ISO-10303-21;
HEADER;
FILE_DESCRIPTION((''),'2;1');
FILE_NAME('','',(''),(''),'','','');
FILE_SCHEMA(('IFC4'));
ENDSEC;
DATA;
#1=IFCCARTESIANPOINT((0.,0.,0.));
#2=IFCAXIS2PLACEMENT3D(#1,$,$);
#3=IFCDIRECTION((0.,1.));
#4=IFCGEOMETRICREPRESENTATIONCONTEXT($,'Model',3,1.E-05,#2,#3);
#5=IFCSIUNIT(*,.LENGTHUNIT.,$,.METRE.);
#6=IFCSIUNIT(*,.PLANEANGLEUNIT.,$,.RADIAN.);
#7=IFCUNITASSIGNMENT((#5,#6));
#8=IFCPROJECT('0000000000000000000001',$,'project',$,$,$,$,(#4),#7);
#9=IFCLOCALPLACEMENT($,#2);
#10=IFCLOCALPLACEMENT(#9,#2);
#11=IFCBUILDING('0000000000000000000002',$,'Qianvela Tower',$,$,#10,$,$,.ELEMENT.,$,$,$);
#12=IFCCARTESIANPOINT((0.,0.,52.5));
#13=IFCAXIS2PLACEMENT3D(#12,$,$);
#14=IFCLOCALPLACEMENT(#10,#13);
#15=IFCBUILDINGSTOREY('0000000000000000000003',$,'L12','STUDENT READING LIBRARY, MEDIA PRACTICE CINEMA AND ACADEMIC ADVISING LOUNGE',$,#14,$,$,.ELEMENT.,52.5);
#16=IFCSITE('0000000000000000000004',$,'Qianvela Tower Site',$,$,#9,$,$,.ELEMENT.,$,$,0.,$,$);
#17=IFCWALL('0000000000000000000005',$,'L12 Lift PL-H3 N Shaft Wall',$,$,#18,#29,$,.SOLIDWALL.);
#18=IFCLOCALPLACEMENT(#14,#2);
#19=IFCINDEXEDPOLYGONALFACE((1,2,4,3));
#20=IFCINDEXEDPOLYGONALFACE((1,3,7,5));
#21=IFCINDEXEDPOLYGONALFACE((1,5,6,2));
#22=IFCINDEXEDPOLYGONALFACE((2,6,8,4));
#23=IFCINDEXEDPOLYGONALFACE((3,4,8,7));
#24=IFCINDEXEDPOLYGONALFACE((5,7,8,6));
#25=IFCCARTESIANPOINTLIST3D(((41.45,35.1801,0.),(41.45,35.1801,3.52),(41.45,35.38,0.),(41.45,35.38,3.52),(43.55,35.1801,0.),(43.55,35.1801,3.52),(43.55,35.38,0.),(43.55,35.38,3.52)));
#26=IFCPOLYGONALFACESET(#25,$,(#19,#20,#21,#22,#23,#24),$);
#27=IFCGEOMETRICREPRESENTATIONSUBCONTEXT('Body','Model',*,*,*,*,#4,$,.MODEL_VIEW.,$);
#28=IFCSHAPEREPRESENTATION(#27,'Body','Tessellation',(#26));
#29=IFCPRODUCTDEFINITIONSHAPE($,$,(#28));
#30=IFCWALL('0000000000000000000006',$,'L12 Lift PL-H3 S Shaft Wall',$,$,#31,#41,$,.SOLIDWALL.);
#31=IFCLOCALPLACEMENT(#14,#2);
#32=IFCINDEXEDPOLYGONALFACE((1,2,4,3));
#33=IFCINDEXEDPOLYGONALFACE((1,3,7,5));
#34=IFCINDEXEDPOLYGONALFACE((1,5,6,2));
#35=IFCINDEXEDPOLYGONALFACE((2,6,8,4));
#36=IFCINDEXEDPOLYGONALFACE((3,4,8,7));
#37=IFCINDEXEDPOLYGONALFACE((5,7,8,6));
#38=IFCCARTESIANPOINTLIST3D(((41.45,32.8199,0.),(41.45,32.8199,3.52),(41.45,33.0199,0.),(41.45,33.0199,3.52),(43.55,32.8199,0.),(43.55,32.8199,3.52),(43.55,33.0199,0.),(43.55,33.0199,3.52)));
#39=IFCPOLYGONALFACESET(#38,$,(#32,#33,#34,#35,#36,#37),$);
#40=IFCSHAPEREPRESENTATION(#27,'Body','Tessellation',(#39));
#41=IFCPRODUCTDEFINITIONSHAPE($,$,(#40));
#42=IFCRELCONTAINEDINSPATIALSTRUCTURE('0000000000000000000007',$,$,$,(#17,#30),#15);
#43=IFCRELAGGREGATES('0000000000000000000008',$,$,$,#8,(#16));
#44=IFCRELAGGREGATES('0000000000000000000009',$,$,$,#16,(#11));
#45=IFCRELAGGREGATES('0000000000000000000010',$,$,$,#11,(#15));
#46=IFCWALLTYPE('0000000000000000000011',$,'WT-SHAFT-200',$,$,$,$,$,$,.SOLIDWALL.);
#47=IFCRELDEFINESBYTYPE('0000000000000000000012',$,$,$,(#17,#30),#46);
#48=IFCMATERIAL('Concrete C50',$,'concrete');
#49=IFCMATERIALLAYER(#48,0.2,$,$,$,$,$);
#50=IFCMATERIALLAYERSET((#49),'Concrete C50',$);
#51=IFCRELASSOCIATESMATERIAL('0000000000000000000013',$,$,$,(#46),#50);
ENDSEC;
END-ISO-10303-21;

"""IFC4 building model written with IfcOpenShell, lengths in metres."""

from ifc_helpers import new_model, si_unit, direction, frame, frame_2d, origin, place, context, subcontext, project, spatial, rectangle, extrude, material, layer, layer_set, type_object, element, save


model = new_model("IFC4")

# Units and contexts
model_context = context("Model", 3, precision=1e-05, world=origin(), true_north=direction((0.0, 1.0)))
body_context = subcontext(model_context, "Body", "Model", "MODEL_VIEW")
ifc_project = project(units=[si_unit("LENGTHUNIT", "METRE"), si_unit("PLANEANGLEUNIT", "RADIAN")], contexts=[model_context])

# Site, building, storey
site_placement = place(None, origin())
site = spatial("IfcSite", under=ifc_project, at=site_placement, Name="Qianvela Tower Site", CompositionType="ELEMENT", RefElevation=0.0)
building_placement = place(site_placement, origin())
building = spatial("IfcBuilding", under=site, at=building_placement, Name="Qianvela Tower", CompositionType="ELEMENT")
storey_placement = place(building_placement, frame((0.0, 0.0, 52.5)))
storey = spatial("IfcBuildingStorey", under=building, at=storey_placement, Name="L12", Description="STUDENT READING LIBRARY, MEDIA PRACTICE CINEMA AND ACADEMIC ADVISING LOUNGE", CompositionType="ELEMENT", Elevation=52.5)

# Walls
ifc_material_1 = material(Name="Concrete C50", Category="concrete")
ifc_layer_1 = layer(ifc_material_1, 0.2)
ifc_layer_set_1 = layer_set([ifc_layer_1], Name="Concrete C50")
wall_type_1 = type_object("IfcWallType", Name="WT-SHAFT-200", PredefinedType="SOLIDWALL", material=ifc_layer_set_1)
for number, where, z_axis, x_axis, name in (
    (1, (41.45, 35.28, 0.0), (0.0, 0.0, 1.0), (1.0, 0.0, 0.0), "L12 Lift PL-H3 N Shaft Wall"),
    (2, (41.45, 32.9199, 0.0), (0.0, 0.0, 1.0), (1.0, 0.0, 0.0), "L12 Lift PL-H3 S Shaft Wall"),
):
    element("IfcWall", number, at=place(storey_placement, frame(where, z_axis=z_axis, x_axis=x_axis)), inside=storey, type_object=wall_type_1, Name=name, PredefinedType="SOLIDWALL", context=body_context, shape_type="SweptSolid", body=[
        extrude(rectangle(XDim=2.1001, YDim=0.2, at=frame_2d((1.05, 0.0))), origin(), (0.0, 0.0, 1.0), 3.52),
    ])

save(model, "model.ifc")
